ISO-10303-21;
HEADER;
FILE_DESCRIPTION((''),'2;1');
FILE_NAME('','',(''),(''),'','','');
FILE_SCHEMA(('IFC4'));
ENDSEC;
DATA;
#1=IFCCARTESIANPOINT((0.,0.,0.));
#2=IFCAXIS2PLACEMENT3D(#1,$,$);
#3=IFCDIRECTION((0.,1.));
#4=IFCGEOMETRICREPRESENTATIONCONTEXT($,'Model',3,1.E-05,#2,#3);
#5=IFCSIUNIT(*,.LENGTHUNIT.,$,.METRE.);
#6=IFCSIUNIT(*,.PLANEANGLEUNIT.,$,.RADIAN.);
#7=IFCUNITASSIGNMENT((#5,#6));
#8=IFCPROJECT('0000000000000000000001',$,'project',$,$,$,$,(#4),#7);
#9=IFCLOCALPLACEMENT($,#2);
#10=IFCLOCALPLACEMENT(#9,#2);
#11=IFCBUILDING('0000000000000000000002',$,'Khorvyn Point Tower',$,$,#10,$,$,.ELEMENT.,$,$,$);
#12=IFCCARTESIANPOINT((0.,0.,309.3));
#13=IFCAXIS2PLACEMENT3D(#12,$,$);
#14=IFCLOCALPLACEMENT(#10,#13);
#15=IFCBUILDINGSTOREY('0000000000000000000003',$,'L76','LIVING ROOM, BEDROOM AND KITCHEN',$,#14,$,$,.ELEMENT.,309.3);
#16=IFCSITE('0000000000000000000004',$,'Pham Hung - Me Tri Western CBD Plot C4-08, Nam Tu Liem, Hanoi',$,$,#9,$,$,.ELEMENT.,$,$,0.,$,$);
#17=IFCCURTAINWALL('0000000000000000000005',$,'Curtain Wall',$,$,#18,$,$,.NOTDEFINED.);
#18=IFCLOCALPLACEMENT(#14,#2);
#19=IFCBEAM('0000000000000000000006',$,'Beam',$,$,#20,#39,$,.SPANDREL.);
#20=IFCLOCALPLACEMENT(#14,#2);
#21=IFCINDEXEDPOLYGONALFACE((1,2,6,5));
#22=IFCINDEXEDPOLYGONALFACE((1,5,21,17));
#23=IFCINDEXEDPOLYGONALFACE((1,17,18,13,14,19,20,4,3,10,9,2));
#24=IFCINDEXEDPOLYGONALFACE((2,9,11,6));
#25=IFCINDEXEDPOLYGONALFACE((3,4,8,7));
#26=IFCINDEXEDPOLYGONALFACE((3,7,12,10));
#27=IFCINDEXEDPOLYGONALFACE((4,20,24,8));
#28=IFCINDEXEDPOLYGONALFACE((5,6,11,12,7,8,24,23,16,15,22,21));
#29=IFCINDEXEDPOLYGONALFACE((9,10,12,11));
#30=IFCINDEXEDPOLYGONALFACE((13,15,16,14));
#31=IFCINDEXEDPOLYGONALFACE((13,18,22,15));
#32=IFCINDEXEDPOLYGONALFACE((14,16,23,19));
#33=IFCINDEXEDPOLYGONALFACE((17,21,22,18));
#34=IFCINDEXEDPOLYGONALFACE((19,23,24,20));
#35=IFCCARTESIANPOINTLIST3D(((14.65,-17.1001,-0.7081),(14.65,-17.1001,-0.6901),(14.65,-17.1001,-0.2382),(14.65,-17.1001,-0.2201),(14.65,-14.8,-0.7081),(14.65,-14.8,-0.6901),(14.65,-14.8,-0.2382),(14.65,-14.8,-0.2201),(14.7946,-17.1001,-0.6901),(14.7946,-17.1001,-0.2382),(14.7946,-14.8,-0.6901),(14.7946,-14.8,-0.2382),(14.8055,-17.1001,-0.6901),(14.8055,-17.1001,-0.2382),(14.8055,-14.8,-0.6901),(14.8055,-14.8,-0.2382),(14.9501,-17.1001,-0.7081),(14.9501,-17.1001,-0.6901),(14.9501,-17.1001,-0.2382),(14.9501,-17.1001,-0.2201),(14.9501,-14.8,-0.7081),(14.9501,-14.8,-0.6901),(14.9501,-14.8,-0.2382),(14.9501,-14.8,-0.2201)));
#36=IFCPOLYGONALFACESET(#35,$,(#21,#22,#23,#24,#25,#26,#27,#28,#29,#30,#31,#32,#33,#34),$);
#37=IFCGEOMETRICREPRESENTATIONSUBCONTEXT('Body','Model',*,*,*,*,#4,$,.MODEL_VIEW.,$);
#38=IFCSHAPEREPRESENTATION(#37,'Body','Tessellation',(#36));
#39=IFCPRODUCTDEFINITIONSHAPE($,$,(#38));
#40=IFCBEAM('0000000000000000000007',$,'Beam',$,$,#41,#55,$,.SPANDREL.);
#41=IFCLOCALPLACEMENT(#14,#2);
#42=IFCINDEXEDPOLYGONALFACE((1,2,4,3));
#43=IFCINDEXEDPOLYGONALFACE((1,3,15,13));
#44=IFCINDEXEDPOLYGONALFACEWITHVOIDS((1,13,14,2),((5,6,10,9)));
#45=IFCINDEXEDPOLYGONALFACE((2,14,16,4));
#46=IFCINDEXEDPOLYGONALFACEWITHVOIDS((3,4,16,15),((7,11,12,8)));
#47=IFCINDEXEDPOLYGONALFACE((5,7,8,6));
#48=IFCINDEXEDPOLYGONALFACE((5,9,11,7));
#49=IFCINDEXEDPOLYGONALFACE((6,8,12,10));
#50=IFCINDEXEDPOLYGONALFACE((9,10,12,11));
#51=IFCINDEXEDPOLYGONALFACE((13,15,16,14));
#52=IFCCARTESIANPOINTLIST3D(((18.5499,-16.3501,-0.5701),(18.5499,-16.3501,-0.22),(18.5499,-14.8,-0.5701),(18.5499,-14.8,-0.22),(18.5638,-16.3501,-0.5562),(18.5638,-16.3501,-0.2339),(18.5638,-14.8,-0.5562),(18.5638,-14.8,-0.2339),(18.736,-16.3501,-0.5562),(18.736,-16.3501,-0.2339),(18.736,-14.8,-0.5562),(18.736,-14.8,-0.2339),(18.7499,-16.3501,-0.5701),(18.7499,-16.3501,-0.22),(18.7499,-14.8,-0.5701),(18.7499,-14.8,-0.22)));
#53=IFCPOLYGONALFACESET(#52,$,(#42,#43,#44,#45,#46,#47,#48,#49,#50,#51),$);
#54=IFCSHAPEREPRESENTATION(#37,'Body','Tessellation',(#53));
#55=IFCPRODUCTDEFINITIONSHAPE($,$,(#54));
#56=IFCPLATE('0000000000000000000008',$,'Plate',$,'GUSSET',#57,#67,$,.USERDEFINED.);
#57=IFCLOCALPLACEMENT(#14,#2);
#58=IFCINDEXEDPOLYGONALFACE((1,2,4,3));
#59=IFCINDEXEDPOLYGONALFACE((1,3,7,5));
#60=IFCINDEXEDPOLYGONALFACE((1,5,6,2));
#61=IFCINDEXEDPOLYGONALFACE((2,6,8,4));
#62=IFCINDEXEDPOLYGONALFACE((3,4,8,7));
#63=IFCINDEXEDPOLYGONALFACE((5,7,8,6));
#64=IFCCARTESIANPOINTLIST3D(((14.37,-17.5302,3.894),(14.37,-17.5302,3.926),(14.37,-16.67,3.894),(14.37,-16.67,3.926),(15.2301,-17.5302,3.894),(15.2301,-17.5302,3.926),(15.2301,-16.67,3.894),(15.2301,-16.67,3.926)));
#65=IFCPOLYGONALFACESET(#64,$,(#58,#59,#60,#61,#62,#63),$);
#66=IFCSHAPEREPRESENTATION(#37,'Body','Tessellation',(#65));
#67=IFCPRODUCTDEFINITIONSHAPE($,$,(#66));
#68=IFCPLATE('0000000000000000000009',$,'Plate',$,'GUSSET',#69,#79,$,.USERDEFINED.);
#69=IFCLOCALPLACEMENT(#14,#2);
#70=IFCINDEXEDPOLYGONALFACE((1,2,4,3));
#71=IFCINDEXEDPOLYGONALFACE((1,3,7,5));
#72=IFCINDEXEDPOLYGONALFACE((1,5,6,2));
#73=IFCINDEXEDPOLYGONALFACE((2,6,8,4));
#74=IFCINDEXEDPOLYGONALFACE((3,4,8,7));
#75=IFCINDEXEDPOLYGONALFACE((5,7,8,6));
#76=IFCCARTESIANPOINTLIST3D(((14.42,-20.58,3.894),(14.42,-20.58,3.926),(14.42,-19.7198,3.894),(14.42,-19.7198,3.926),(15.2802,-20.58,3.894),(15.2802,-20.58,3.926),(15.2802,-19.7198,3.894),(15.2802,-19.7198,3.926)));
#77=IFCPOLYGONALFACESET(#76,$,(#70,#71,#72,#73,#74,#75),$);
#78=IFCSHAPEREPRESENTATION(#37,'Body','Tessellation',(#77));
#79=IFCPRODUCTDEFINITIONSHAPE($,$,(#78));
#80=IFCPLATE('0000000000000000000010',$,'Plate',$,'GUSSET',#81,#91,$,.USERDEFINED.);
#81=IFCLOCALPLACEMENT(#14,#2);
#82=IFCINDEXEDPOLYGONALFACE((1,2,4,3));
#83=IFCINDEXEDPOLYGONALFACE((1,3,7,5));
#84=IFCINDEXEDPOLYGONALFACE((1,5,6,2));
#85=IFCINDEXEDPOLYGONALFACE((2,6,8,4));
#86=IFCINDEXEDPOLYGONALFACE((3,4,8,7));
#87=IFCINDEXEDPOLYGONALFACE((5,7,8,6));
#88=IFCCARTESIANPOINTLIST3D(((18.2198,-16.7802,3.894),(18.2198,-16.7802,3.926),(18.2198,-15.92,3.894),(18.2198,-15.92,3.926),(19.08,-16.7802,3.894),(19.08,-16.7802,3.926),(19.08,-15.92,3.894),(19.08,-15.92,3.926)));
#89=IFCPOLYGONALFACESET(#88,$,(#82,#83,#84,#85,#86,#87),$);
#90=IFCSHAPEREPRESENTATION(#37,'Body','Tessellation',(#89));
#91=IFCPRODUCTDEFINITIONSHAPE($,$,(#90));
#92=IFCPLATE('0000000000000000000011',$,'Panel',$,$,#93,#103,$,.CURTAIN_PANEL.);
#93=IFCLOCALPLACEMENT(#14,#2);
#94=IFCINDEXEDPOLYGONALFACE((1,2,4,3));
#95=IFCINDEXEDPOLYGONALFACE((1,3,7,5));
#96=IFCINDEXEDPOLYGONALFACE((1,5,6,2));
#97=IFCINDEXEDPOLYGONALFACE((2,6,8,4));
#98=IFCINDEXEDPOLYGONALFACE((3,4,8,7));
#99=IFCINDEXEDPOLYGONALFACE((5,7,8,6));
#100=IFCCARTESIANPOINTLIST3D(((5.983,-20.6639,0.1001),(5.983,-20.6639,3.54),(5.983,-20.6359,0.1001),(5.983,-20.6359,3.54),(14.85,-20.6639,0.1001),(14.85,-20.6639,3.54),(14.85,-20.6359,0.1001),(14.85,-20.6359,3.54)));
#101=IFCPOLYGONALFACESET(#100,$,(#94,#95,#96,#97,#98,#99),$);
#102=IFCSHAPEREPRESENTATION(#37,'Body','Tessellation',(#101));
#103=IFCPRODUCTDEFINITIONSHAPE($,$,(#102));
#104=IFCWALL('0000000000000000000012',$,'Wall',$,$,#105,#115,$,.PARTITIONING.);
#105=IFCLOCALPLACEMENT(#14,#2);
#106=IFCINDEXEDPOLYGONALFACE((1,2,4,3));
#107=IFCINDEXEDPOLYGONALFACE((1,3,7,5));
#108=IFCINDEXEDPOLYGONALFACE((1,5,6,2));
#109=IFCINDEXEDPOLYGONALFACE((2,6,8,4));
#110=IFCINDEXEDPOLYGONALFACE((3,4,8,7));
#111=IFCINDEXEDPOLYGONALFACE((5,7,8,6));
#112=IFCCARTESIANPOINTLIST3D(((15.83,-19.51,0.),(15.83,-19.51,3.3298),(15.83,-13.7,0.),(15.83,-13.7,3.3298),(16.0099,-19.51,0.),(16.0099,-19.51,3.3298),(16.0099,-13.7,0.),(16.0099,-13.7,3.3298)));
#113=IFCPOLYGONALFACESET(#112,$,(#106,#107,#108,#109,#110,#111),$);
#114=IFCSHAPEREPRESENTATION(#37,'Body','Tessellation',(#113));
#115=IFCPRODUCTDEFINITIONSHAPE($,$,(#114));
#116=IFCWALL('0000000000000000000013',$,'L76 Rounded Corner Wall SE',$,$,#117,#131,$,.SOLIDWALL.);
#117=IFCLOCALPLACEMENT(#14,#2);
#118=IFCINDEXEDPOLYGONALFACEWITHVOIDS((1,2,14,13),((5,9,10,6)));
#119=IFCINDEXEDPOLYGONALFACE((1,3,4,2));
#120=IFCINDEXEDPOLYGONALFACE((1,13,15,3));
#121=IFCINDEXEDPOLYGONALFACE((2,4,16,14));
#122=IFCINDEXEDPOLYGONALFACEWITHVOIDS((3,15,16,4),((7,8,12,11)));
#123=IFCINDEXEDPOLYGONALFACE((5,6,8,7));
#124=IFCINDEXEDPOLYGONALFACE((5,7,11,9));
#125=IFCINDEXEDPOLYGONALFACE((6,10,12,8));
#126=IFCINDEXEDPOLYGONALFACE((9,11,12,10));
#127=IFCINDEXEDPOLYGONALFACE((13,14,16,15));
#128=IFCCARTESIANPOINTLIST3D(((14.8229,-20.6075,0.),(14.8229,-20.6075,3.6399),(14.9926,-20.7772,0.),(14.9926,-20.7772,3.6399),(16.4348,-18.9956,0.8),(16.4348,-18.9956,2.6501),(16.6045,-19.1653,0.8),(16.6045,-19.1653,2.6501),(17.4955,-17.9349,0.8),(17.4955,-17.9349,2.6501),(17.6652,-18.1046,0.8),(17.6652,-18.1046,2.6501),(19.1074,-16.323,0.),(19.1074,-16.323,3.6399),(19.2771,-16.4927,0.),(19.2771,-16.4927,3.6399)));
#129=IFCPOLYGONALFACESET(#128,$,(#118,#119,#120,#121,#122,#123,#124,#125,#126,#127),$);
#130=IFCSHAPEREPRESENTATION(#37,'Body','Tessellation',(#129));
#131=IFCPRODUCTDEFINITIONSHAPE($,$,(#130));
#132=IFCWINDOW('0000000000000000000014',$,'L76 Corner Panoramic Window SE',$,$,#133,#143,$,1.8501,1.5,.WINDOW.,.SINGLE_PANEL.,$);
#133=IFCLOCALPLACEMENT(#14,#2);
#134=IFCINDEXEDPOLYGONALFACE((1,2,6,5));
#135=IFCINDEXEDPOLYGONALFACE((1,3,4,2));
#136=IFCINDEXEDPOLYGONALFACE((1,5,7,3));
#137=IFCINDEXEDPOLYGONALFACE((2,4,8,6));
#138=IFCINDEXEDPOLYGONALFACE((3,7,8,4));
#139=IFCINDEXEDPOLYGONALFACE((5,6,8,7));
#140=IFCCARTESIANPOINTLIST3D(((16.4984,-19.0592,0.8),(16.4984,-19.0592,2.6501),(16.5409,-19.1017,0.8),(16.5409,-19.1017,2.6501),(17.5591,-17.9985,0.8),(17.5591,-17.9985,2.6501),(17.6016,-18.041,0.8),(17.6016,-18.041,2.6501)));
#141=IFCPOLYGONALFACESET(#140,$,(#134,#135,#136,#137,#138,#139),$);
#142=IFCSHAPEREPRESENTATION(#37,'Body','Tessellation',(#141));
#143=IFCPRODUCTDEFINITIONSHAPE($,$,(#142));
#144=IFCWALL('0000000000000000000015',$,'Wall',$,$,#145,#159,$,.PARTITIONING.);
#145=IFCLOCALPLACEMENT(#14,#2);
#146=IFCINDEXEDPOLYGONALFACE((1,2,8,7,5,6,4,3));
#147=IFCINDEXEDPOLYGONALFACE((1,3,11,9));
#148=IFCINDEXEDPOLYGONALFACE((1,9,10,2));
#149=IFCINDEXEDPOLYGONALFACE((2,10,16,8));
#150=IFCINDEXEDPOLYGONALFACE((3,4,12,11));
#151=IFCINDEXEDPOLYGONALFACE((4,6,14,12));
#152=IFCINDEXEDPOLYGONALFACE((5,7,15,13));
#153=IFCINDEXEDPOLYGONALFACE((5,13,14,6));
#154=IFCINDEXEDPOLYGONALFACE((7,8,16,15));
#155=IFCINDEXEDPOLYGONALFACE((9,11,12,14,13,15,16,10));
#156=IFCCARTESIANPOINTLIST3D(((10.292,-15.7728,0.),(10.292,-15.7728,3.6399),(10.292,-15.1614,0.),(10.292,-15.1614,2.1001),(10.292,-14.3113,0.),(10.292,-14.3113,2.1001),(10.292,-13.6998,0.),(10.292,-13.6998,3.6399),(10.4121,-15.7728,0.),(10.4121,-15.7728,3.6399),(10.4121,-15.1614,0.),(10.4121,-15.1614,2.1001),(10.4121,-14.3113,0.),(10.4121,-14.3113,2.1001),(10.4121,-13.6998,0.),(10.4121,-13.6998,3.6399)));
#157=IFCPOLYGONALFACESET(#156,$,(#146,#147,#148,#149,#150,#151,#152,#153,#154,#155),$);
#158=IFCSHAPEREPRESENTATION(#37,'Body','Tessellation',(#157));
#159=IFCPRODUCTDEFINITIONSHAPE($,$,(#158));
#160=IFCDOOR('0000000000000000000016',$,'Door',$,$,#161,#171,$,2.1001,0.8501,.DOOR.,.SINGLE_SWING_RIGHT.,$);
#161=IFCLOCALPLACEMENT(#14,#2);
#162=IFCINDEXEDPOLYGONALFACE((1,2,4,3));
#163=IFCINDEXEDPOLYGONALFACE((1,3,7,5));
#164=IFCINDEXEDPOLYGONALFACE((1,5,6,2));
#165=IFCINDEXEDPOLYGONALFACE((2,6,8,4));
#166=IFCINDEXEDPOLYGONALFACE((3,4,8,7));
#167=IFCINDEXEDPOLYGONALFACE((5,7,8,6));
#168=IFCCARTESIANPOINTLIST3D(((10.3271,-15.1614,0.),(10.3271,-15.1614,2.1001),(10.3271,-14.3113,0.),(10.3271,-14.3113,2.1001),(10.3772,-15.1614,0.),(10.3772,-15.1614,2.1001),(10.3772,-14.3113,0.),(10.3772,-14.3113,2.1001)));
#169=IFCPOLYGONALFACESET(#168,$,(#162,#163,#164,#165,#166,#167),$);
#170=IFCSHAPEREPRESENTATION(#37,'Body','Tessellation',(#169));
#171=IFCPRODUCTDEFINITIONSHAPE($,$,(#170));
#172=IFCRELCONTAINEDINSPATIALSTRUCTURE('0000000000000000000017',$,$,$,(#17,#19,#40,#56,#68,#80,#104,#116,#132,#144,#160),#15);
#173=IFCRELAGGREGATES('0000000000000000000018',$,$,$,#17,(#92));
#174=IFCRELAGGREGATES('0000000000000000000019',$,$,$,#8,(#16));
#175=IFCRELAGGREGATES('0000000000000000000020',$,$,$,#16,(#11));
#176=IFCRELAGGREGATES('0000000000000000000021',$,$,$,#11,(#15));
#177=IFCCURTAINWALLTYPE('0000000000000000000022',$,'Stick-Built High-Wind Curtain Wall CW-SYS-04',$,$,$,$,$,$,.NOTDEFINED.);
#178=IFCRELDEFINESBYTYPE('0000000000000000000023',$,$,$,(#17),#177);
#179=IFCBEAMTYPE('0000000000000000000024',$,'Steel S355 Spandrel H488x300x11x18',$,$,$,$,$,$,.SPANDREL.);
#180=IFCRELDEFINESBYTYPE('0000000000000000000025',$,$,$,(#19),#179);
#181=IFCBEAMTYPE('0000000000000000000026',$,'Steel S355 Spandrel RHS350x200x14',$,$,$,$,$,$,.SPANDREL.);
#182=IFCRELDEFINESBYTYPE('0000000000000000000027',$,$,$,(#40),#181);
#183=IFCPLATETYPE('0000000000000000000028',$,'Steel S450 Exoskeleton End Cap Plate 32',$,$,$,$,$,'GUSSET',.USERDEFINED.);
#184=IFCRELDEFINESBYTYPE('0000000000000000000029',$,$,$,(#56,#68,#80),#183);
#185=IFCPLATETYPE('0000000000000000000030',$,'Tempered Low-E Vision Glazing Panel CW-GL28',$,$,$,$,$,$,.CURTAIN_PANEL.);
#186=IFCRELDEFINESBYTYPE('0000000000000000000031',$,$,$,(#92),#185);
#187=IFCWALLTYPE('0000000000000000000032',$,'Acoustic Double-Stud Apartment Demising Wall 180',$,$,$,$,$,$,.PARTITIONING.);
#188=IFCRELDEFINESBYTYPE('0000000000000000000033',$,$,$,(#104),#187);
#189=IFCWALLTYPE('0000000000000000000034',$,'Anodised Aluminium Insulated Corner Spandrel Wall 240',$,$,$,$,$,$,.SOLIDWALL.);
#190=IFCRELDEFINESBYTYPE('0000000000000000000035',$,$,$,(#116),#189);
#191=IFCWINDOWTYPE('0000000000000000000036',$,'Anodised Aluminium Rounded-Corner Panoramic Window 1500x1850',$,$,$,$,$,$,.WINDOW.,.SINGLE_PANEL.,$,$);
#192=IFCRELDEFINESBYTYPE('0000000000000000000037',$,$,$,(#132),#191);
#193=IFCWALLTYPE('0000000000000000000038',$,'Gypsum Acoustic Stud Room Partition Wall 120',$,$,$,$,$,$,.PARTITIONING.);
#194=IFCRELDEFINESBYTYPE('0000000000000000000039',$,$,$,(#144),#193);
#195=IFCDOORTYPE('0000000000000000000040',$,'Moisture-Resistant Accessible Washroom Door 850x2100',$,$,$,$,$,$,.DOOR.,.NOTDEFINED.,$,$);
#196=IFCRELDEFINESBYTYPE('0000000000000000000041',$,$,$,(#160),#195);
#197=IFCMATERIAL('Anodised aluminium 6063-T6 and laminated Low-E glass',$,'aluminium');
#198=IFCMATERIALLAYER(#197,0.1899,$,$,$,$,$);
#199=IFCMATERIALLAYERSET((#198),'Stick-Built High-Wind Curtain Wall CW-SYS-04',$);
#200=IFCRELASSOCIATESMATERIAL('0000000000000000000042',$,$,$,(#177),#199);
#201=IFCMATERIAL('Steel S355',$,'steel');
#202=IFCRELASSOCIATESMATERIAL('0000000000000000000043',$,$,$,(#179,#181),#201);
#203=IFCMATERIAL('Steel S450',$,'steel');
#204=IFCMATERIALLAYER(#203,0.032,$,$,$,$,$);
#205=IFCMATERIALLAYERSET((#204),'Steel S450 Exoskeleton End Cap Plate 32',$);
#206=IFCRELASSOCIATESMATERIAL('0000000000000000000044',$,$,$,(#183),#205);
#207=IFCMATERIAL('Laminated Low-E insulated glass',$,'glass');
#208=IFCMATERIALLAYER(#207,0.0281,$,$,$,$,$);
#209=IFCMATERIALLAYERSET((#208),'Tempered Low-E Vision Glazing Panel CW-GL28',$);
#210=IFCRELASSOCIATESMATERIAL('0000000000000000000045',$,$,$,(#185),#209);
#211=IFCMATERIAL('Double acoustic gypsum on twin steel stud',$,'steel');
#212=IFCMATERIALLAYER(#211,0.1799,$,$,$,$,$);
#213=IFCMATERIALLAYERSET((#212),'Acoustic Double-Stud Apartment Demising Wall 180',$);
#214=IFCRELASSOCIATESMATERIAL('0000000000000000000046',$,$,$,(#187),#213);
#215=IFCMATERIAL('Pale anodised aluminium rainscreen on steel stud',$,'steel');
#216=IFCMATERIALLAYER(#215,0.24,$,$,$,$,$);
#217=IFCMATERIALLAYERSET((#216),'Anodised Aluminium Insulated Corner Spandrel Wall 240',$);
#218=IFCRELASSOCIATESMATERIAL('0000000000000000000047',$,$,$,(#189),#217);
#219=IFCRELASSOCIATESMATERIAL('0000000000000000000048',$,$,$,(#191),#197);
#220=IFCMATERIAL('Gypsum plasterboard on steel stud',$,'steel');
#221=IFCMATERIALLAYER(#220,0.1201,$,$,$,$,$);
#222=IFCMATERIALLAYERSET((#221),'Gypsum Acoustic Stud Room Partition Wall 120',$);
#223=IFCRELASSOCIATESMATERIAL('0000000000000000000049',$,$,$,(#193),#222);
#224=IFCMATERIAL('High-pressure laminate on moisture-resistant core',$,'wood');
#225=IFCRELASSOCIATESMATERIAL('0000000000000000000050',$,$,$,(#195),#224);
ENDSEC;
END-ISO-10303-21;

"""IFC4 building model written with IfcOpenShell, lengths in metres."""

from ifc_helpers import new_model, si_unit, direction, frame, frame_2d, origin, origin_2d, place, context, subcontext, project, spatial, rectangle, hollow_rectangle, i_section, extrude, material, layer, layer_set, material_profile, profile_set, type_object, element, fill, aggregate, save


model = new_model("IFC4")

# Units and contexts
model_context = context("Model", 3, precision=1e-05, world=origin(), true_north=direction((0.0, 1.0)))
body_context = subcontext(model_context, "Body", "Model", "MODEL_VIEW")
ifc_project = project(units=[si_unit("LENGTHUNIT", "METRE"), si_unit("PLANEANGLEUNIT", "RADIAN")], contexts=[model_context])

# Site, building, storey
site_placement = place(None, origin())
site = spatial("IfcSite", under=ifc_project, at=site_placement, Name="Pham Hung - Me Tri Western CBD Plot C4-08, Nam Tu Liem, Hanoi", CompositionType="ELEMENT", RefElevation=0.0)
building_placement = place(site_placement, origin())
building = spatial("IfcBuilding", under=site, at=building_placement, Name="Khorvyn Point Tower", CompositionType="ELEMENT")
storey_placement = place(building_placement, frame((0.0, 0.0, 309.3)))
storey = spatial("IfcBuildingStorey", under=building, at=storey_placement, Name="L76", Description="LIVING ROOM, BEDROOM AND KITCHEN", CompositionType="ELEMENT", Elevation=309.3)

# Shared definitions
ifc_material_1 = material(Name="Steel S355", Category="steel")
ifc_material_2 = material(Name="Steel S450", Category="steel")

# Curtain wall
ifc_material_3 = material(Name="Anodised aluminium 6063-T6 and laminated Low-E glass", Category="aluminium")
ifc_layer_1 = layer(ifc_material_3, 0.1899)
ifc_layer_set_1 = layer_set([ifc_layer_1], Name="Stick-Built High-Wind Curtain Wall CW-SYS-04")
curtain_wall_type = type_object("IfcCurtainWallType", Name="Stick-Built High-Wind Curtain Wall CW-SYS-04", PredefinedType="NOTDEFINED", material=ifc_layer_set_1)
curtain_wall_1_placement = place(storey_placement, origin())
curtain_wall_1 = element("IfcCurtainWall", 1, at=curtain_wall_1_placement, inside=storey, type_object=curtain_wall_type, Name="Curtain Wall", PredefinedType="NOTDEFINED")

# Beams
ifc_material_profile_1 = material_profile(ifc_material_1, i_section(OverallWidth=0.3, OverallDepth=0.488, WebThickness=0.011, FlangeThickness=0.0181, at=origin_2d()))
ifc_profile_set_1 = profile_set([ifc_material_profile_1], Name="Steel S355 H488x300x11x18")
beam_type_1 = type_object("IfcBeamType", Name="Steel S355 Spandrel H488x300x11x18", PredefinedType="SPANDREL", material=ifc_profile_set_1)
beam_1_placement = place(storey_placement, frame((14.8, -17.1001, -0.4641), z_axis=(0.0, 1.0, 0.0), x_axis=(-1.0, 0.0, 0.0)))
element("IfcBeam", 2, at=beam_1_placement, inside=storey, type_object=beam_type_1, Name="Beam", PredefinedType="SPANDREL", context=body_context, shape_type="SweptSolid", body=[
    extrude(i_section(OverallWidth=0.3, OverallDepth=0.488, WebThickness=0.011, FlangeThickness=0.0181, at=origin_2d()), origin(), (0.0, 0.0, 1.0), 2.3),
])
ifc_material_profile_2 = material_profile(ifc_material_1, hollow_rectangle(XDim=0.2, YDim=0.3501, WallThickness=0.0139, at=origin_2d()))
ifc_profile_set_2 = profile_set([ifc_material_profile_2], Name="Steel S355 RHS350x200x14")
beam_type_2 = type_object("IfcBeamType", Name="Steel S355 Spandrel RHS350x200x14", PredefinedType="SPANDREL", material=ifc_profile_set_2)
beam_2_placement = place(storey_placement, frame((18.6499, -16.3501, -0.395), z_axis=(0.0, 1.0, 0.0), x_axis=(-1.0, 0.0, 0.0)))
element("IfcBeam", 3, at=beam_2_placement, inside=storey, type_object=beam_type_2, Name="Beam", PredefinedType="SPANDREL", context=body_context, shape_type="SweptSolid", body=[
    extrude(hollow_rectangle(XDim=0.2, YDim=0.3501, WallThickness=0.0139, at=origin_2d()), origin(), (0.0, 0.0, 1.0), 1.55),
])

# Plates
ifc_layer_2 = layer(ifc_material_2, 0.032)
ifc_layer_set_2 = layer_set([ifc_layer_2], Name="Steel S450 Exoskeleton End Cap Plate 32")
plate_type_1 = type_object("IfcPlateType", Name="Steel S450 Exoskeleton End Cap Plate 32", ElementType="GUSSET", PredefinedType="USERDEFINED", material=ifc_layer_set_2)
for number, where, z_axis, x_axis, name in (
    (4, (14.8, -17.1001, 3.894), (0.0, 0.0, 1.0), (1.0, 0.0, 0.0), "Plate"),
    (5, (14.8501, -20.1499, 3.894), (0.0, 0.0, 1.0), (1.0, 0.0, 0.0), "Plate"),
    (6, (18.6499, -16.3501, 3.894), (0.0, 0.0, 1.0), (1.0, 0.0, 0.0), "Plate"),
):
    element("IfcPlate", number, at=place(storey_placement, frame(where, z_axis=z_axis, x_axis=x_axis)), inside=storey, type_object=plate_type_1, Name=name, ObjectType="GUSSET", PredefinedType="USERDEFINED", context=body_context, shape_type="SweptSolid", body=[
        extrude(rectangle(XDim=0.8601, YDim=0.8601, at=origin_2d()), origin(), (0.0, 0.0, 1.0), 0.032),
    ])

# Plate
ifc_material_4 = material(Name="Laminated Low-E insulated glass", Category="glass")
ifc_layer_3 = layer(ifc_material_4, 0.0281)
ifc_layer_set_3 = layer_set([ifc_layer_3], Name="Tempered Low-E Vision Glazing Panel CW-GL28")
plate_type_2 = type_object("IfcPlateType", Name="Tempered Low-E Vision Glazing Panel CW-GL28", PredefinedType="CURTAIN_PANEL", material=ifc_layer_set_3)
plate_placement = place(storey_placement, frame((10.4165, -20.6499, 0.1001), z_axis=(0.0, 0.0, 1.0), x_axis=(-1.0, 0.0, 0.0)))
plate = element("IfcPlate", 7, at=plate_placement, type_object=plate_type_2, Name="Panel", PredefinedType="CURTAIN_PANEL", context=body_context, shape_type="SweptSolid", body=[
    extrude(rectangle(XDim=8.8669, YDim=0.0281, at=origin_2d()), origin(), (0.0, 0.0, 1.0), 3.4399),
])
aggregate(curtain_wall_1, [plate])

# Wall
ifc_material_5 = material(Name="Double acoustic gypsum on twin steel stud", Category="steel")
ifc_layer_4 = layer(ifc_material_5, 0.1799)
ifc_layer_set_4 = layer_set([ifc_layer_4], Name="Acoustic Double-Stud Apartment Demising Wall 180")
wall_type_1 = type_object("IfcWallType", Name="Acoustic Double-Stud Apartment Demising Wall 180", PredefinedType="PARTITIONING", material=ifc_layer_set_4)
wall_1_placement = place(storey_placement, frame((15.9199, -19.51, 0.0), z_axis=(0.0, 0.0, 1.0), x_axis=(0.0, 1.0, 0.0)))
element("IfcWall", 8, at=wall_1_placement, inside=storey, type_object=wall_type_1, Name="Wall", PredefinedType="PARTITIONING", context=body_context, shape_type="SweptSolid", body=[
    extrude(rectangle(XDim=5.8101, YDim=0.1799, at=frame_2d((2.905, 0.0))), origin(), (0.0, 0.0, 1.0), 3.3298),
])

# Wall, opening, window
ifc_material_6 = material(Name="Pale anodised aluminium rainscreen on steel stud", Category="steel")
ifc_layer_5 = layer(ifc_material_6, 0.24)
ifc_layer_set_5 = layer_set([ifc_layer_5], Name="Anodised Aluminium Insulated Corner Spandrel Wall 240")
wall_type_2 = type_object("IfcWallType", Name="Anodised Aluminium Insulated Corner Spandrel Wall 240", PredefinedType="SOLIDWALL", material=ifc_layer_set_5)
wall_2_placement = place(storey_placement, frame((19.1924, -16.4077, 0.0), z_axis=(0.0, 0.0, 1.0), x_axis=(-0.707107, -0.707107, 0.0)))
wall_2 = element("IfcWall", 9, at=wall_2_placement, inside=storey, type_object=wall_type_2, Name="L76 Rounded Corner Wall SE", PredefinedType="SOLIDWALL", context=body_context, shape_type="SweptSolid", body=[
    extrude(rectangle(XDim=6.0593, YDim=0.24, at=frame_2d((3.0298, 0.0))), origin(), (0.0, 0.0, 1.0), 3.6399),
])
opening_1_placement = place(wall_2_placement, frame((2.2798, 0.0, 0.8)))
opening_1 = element("IfcOpeningElement", 10, at=opening_1_placement, cuts=wall_2, PredefinedType="OPENING", context=body_context, shape_type="SweptSolid", body=[
    extrude(rectangle(XDim=1.5, YDim=1.8501, at=frame_2d((0.75, 0.925))), frame((0.0, 0.1299, 0.0), z_axis=(0.0, -1.0, 0.0), x_axis=(1.0, 0.0, 0.0)), (0.0, 0.0, 1.0), 0.26),
])
window_type = type_object("IfcWindowType", Name="Anodised Aluminium Rounded-Corner Panoramic Window 1500x1850", PartitioningType="SINGLE_PANEL", PredefinedType="WINDOW", material=ifc_material_3)
window_placement = place(opening_1_placement, origin())
window = element("IfcWindow", 11, at=window_placement, inside=storey, type_object=window_type, Name="L76 Corner Panoramic Window SE", OverallHeight=1.8501, OverallWidth=1.5, PartitioningType="SINGLE_PANEL", PredefinedType="WINDOW", context=body_context, shape_type="SweptSolid", body=[
    extrude(rectangle(XDim=1.5, YDim=1.8501, at=frame_2d((0.75, 0.925))), frame((0.0, 0.03, 0.0), z_axis=(0.0, -1.0, 0.0), x_axis=(1.0, 0.0, 0.0)), (0.0, 0.0, 1.0), 0.0601),
])
fill(opening_1, window)

# Wall, opening, door
ifc_material_7 = material(Name="Gypsum plasterboard on steel stud", Category="steel")
ifc_layer_6 = layer(ifc_material_7, 0.1201)
ifc_layer_set_6 = layer_set([ifc_layer_6], Name="Gypsum Acoustic Stud Room Partition Wall 120")
wall_type_3 = type_object("IfcWallType", Name="Gypsum Acoustic Stud Room Partition Wall 120", PredefinedType="PARTITIONING", material=ifc_layer_set_6)
wall_3_placement = place(storey_placement, frame((10.3521, -15.7729, 0.0), z_axis=(0.0, 0.0, 1.0), x_axis=(0.0, 1.0, 0.0)))
wall_3 = element("IfcWall", 12, at=wall_3_placement, inside=storey, type_object=wall_type_3, Name="Wall", PredefinedType="PARTITIONING", context=body_context, shape_type="SweptSolid", body=[
    extrude(rectangle(XDim=2.073, YDim=0.1201, at=frame_2d((1.0366, 0.0))), origin(), (0.0, 0.0, 1.0), 3.6399),
])
opening_2_placement = place(wall_3_placement, frame((0.6116, 0.0, 0.0)))
opening_2 = element("IfcOpeningElement", 13, at=opening_2_placement, cuts=wall_3, PredefinedType="OPENING", context=body_context, shape_type="SweptSolid", body=[
    extrude(rectangle(XDim=0.8501, YDim=2.1001, at=frame_2d((0.425, 1.05))), frame((0.0, 0.0701, 0.0), z_axis=(0.0, -1.0, 0.0), x_axis=(1.0, 0.0, 0.0)), (0.0, 0.0, 1.0), 0.1401),
])
ifc_material_8 = material(Name="High-pressure laminate on moisture-resistant core", Category="wood")
door_type_1 = type_object("IfcDoorType", Name="Moisture-Resistant Accessible Washroom Door 850x2100", OperationType="NOTDEFINED", PredefinedType="DOOR", material=ifc_material_8)
door_1_placement = place(opening_2_placement, origin())
door_1 = element("IfcDoor", 14, at=door_1_placement, inside=storey, type_object=door_type_1, Name="Door", OperationType="SINGLE_SWING_RIGHT", OverallHeight=2.1001, OverallWidth=0.8501, PredefinedType="DOOR", context=body_context, shape_type="SweptSolid", body=[
    extrude(rectangle(XDim=0.8501, YDim=2.1001, at=frame_2d((0.425, 1.05))), frame((0.0, 0.0249, 0.0), z_axis=(0.0, -1.0, 0.0), x_axis=(1.0, 0.0, 0.0)), (0.0, 0.0, 1.0), 0.05),
])
fill(opening_2, door_1)

save(model, "model.ifc")
